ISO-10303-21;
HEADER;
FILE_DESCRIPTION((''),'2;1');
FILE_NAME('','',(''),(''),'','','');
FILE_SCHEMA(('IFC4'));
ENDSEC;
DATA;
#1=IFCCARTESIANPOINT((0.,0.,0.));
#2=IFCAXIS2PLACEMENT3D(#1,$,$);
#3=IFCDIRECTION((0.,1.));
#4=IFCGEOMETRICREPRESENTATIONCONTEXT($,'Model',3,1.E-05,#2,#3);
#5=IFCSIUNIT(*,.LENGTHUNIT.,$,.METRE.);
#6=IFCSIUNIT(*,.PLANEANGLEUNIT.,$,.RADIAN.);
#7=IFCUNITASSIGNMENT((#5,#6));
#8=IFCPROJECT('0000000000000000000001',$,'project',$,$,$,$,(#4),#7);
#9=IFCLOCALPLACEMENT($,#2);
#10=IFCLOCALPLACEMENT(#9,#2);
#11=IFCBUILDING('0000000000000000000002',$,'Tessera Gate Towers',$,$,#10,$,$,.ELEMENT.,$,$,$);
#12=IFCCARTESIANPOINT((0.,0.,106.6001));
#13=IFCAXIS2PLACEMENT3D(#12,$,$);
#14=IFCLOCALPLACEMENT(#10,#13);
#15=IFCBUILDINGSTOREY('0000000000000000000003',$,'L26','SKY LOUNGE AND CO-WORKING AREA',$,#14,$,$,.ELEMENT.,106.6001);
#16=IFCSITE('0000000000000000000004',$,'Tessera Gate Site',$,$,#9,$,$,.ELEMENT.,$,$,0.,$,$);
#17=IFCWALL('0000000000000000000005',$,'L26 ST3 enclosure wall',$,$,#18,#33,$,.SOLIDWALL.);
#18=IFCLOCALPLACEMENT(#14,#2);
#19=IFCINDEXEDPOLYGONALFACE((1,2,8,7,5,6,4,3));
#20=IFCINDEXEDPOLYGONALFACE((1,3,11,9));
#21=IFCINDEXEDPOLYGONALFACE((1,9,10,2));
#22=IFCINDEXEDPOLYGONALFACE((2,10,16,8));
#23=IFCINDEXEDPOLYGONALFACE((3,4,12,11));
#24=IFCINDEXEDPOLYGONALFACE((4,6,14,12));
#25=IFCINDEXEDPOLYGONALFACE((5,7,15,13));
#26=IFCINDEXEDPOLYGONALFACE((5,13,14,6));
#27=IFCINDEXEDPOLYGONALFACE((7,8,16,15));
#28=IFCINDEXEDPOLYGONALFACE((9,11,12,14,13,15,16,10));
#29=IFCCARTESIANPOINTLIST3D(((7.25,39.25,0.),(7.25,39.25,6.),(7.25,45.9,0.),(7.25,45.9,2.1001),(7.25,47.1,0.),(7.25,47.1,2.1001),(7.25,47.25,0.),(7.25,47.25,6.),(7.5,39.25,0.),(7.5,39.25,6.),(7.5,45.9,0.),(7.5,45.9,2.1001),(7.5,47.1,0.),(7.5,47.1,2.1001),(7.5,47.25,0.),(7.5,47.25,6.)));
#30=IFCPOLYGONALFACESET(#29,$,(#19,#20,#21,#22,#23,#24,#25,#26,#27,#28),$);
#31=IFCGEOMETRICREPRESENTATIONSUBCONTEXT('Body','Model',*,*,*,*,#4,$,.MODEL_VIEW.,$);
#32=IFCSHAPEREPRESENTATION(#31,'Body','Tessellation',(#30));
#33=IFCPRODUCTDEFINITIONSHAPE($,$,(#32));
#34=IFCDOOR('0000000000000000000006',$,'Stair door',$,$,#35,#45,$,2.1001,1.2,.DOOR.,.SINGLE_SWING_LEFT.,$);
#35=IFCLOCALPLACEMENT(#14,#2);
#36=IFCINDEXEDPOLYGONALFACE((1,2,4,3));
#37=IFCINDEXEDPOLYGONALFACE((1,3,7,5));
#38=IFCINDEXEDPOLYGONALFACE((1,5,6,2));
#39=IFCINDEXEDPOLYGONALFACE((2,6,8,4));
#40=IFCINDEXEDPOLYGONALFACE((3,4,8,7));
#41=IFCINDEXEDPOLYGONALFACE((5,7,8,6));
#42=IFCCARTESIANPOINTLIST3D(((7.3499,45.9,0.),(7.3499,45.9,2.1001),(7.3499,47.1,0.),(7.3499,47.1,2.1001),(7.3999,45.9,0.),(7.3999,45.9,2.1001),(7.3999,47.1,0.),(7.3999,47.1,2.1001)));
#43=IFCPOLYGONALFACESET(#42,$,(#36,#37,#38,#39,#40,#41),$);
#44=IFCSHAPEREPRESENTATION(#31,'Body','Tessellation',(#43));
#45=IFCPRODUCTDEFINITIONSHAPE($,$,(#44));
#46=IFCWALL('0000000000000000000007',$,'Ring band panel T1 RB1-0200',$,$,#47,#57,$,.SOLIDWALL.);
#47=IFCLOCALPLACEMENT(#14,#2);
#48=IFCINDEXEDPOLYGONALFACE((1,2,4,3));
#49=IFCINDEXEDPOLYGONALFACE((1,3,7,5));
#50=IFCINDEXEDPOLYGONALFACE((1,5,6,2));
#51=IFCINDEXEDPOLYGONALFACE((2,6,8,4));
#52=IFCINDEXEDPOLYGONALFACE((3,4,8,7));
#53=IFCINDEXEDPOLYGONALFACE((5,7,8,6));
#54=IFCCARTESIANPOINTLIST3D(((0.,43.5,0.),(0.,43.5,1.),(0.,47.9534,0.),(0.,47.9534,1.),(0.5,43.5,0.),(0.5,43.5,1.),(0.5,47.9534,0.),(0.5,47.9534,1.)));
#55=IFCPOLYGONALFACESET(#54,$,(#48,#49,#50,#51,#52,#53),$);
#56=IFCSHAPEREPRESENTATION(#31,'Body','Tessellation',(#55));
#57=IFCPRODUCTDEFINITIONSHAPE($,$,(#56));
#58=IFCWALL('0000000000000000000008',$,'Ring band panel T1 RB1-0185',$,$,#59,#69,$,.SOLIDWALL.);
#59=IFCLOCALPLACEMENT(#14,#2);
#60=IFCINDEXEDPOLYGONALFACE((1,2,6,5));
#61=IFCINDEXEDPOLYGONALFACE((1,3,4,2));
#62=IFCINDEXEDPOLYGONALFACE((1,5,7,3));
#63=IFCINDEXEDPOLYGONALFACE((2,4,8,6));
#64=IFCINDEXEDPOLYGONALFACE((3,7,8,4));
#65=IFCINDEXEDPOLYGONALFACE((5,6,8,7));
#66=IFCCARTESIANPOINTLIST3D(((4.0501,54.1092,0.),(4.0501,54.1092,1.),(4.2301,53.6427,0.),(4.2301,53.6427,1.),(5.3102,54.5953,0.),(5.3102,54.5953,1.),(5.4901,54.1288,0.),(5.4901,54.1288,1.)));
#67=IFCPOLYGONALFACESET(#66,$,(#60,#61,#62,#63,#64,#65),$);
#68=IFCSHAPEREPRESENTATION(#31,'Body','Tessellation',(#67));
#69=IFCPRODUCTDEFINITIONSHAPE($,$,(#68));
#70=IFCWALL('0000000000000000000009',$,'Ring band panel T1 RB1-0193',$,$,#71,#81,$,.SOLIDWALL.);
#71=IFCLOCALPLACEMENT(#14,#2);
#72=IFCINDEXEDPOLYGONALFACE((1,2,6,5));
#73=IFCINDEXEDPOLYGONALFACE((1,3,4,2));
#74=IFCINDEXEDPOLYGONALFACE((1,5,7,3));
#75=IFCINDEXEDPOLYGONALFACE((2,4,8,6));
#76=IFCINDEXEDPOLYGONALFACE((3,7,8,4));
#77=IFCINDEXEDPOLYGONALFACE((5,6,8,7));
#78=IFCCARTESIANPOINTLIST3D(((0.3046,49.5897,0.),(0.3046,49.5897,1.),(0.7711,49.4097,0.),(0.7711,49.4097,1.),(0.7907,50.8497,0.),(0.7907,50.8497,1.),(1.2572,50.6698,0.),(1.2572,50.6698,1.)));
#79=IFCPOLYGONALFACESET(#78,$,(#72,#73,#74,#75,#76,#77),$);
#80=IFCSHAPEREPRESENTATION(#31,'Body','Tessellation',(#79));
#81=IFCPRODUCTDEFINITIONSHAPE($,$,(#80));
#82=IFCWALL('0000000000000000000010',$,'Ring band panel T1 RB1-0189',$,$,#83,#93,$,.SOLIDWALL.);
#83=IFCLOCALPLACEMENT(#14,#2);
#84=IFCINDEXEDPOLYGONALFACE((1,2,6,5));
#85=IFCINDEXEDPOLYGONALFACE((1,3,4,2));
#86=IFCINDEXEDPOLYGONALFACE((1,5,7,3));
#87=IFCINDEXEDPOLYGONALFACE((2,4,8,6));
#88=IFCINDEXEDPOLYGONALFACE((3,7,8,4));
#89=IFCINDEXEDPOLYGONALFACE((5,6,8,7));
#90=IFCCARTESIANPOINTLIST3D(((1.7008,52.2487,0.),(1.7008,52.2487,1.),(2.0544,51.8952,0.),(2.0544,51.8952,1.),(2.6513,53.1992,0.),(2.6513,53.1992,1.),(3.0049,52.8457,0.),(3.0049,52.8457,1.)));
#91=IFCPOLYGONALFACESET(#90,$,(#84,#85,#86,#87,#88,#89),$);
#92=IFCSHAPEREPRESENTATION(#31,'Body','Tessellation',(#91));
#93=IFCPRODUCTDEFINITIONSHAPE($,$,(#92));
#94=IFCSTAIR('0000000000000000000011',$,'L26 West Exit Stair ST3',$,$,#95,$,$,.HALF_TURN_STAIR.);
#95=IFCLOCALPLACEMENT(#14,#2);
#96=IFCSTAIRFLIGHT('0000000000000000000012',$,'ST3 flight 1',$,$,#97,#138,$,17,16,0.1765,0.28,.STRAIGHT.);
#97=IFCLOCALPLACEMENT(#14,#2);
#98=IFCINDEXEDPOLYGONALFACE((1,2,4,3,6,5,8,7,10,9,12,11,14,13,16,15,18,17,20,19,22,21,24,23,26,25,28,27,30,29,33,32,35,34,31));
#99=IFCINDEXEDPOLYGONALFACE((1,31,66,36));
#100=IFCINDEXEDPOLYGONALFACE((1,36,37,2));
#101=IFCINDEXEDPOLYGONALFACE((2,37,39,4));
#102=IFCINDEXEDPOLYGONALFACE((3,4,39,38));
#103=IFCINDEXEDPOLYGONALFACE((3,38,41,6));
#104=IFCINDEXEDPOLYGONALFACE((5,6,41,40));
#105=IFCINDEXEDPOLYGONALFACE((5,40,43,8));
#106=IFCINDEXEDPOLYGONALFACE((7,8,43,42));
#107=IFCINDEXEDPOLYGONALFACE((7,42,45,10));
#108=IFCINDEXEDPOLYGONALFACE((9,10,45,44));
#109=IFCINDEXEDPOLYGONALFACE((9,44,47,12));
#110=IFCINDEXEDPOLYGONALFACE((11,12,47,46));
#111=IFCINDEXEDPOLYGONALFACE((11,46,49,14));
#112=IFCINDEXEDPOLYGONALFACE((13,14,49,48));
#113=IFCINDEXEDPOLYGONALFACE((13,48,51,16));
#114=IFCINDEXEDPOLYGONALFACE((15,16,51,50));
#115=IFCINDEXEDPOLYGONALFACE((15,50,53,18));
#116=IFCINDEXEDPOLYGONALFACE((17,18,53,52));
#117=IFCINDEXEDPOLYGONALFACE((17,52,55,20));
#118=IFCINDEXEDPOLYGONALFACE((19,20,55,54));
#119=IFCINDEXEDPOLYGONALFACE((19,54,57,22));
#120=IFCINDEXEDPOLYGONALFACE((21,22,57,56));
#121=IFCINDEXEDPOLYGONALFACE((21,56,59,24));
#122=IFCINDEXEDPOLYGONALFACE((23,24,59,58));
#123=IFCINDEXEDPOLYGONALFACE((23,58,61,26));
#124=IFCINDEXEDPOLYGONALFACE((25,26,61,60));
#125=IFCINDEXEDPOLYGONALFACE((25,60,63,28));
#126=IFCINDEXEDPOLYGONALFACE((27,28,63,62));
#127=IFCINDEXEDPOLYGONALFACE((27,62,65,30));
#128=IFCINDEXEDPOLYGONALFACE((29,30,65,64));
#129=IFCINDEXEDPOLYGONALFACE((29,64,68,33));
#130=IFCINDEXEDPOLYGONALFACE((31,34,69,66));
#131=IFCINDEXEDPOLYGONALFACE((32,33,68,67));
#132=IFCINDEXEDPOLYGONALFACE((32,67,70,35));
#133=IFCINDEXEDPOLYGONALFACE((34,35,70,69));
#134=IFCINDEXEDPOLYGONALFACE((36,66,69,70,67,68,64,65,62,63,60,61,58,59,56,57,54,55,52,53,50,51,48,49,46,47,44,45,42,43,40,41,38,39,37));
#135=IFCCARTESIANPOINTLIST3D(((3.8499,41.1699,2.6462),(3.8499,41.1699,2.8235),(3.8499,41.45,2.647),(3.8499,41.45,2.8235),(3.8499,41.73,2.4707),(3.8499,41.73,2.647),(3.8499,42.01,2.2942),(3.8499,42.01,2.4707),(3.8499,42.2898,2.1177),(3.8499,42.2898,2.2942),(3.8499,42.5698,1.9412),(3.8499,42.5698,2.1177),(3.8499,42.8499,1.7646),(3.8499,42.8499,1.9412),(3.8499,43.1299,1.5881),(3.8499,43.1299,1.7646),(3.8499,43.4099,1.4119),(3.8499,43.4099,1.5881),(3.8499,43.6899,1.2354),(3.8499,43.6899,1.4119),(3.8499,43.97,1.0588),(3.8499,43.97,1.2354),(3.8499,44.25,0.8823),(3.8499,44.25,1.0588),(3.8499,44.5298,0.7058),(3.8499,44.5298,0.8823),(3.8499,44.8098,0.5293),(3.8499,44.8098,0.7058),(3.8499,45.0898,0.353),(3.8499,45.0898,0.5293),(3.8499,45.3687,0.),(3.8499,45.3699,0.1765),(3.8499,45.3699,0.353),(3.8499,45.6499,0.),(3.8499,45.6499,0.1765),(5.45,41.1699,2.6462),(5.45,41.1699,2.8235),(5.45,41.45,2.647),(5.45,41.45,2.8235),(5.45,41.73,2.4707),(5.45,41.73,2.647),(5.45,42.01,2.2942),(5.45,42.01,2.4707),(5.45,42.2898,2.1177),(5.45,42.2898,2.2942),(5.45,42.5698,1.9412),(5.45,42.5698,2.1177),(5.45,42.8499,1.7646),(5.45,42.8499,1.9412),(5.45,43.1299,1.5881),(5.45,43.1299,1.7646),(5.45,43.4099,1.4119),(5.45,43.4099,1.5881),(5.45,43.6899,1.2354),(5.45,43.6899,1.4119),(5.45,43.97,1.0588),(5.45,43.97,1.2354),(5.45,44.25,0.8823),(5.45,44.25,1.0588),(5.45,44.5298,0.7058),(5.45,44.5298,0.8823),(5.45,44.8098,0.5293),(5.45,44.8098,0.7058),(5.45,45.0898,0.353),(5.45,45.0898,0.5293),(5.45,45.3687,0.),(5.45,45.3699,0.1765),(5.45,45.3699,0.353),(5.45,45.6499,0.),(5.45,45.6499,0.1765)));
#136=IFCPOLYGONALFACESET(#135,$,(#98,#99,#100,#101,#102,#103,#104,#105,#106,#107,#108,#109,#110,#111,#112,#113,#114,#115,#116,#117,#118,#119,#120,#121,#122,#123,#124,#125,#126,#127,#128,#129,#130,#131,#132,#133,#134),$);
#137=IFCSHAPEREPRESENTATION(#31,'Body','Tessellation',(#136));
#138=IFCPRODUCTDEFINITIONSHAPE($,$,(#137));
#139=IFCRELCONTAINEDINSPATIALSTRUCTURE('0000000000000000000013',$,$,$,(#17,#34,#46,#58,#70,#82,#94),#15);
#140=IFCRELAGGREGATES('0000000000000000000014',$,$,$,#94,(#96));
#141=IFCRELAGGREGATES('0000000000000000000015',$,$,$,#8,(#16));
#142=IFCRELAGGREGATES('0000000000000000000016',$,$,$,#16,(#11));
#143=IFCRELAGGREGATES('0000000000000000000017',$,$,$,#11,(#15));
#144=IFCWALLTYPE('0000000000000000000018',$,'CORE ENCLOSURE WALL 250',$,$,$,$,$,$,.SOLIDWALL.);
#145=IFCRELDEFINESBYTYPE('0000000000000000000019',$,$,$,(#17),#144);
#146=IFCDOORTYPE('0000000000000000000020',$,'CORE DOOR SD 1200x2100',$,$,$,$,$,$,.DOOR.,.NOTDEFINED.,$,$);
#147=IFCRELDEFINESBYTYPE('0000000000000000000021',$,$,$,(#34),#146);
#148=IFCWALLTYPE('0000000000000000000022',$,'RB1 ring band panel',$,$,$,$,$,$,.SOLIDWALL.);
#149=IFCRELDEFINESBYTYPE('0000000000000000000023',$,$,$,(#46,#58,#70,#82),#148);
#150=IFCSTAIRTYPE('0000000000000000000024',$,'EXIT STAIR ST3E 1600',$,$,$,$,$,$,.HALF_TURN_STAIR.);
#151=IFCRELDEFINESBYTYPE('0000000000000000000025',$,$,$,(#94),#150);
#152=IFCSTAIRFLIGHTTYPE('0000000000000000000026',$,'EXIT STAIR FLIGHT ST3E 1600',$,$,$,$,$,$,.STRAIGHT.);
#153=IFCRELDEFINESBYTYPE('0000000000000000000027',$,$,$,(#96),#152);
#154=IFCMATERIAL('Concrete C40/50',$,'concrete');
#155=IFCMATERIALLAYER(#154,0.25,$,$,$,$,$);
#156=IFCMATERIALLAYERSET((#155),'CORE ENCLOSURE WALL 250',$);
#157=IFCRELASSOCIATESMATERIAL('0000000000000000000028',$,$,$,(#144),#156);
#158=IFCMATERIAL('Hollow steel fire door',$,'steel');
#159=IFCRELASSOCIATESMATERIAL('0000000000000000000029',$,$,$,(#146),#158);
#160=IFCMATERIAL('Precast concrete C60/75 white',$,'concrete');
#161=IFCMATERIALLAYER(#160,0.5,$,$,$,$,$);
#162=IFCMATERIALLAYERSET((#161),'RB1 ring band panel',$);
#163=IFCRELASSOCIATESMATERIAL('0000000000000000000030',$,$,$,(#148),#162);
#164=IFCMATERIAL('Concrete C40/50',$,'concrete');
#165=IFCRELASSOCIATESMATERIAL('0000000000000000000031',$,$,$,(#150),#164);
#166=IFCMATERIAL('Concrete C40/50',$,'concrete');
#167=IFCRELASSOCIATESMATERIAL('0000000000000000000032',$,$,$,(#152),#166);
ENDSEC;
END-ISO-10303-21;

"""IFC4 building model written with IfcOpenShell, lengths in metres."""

from ifc_helpers import new_model, si_unit, direction, frame, frame_2d, origin, place, context, subcontext, project, spatial, polyline, rectangle, outline, extrude, source, transform, mapped, material, layer, layer_set, type_object, element, fill, aggregate, save


model = new_model("IFC4")

# Units and contexts
model_context = context("Model", 3, precision=1e-05, world=origin(), true_north=direction((0.0, 1.0)))
body_context = subcontext(model_context, "Body", "Model", "MODEL_VIEW")
ifc_project = project(units=[si_unit("LENGTHUNIT", "METRE"), si_unit("PLANEANGLEUNIT", "RADIAN")], contexts=[model_context])

# Site, building, storey
site_placement = place(None, origin())
site = spatial("IfcSite", under=ifc_project, at=site_placement, Name="Tessera Gate Site", CompositionType="ELEMENT", RefElevation=0.0)
building_placement = place(site_placement, origin())
building = spatial("IfcBuilding", under=site, at=building_placement, Name="Tessera Gate Towers", CompositionType="ELEMENT")
storey_placement = place(building_placement, frame((0.0, 0.0, 106.6001)))
storey = spatial("IfcBuildingStorey", under=building, at=storey_placement, Name="L26", Description="SKY LOUNGE AND CO-WORKING AREA", CompositionType="ELEMENT", Elevation=106.6001)

# Shared definitions
ifc_material_1 = material(Name="Concrete C40/50", Category="concrete")
ifc_layer_1 = layer(ifc_material_1, 0.25)
ifc_layer_set_1 = layer_set([ifc_layer_1], Name="CORE ENCLOSURE WALL 250")
wall_type_1 = type_object("IfcWallType", Name="CORE ENCLOSURE WALL 250", PredefinedType="SOLIDWALL", material=ifc_layer_set_1)

# Wall, opening, door
wall_1_placement = place(storey_placement, frame((7.375, 47.25, 0.0), z_axis=(0.0, 0.0, 1.0), x_axis=(0.0, -1.0, 0.0)))
wall_1 = element("IfcWall", 1, at=wall_1_placement, inside=storey, type_object=wall_type_1, Name="L26 ST3 enclosure wall", PredefinedType="SOLIDWALL", context=body_context, shape_type="SweptSolid", body=[
    extrude(rectangle(XDim=8.0, YDim=0.25, at=frame_2d((4.0, 0.0))), origin(), (0.0, 0.0, 1.0), 6.0),
])
shared_shape_1 = source(origin(), body_context, "Body", "SweptSolid", [
    extrude(rectangle(XDim=1.2, YDim=2.1001, at=frame_2d((0.6001, 1.05))), frame((0.0, 0.135, 0.0), z_axis=(0.0, -1.0, 0.0), x_axis=(1.0, 0.0, 0.0)), (0.0, 0.0, 1.0), 0.27),
])
opening_placement = place(wall_1_placement, frame((0.1499, 0.0, 0.0)))
opening = element("IfcOpeningElement", 2, at=opening_placement, cuts=wall_1, PredefinedType="OPENING", context=body_context, shape_type="MappedRepresentation", body=[
    mapped(shared_shape_1, transform((0.0, 0.0, 0.0), scale=1.0)),
])
ifc_material_2 = material(Name="Hollow steel fire door", Category="steel")
door_type = type_object("IfcDoorType", Name="CORE DOOR SD 1200x2100", OperationType="NOTDEFINED", PredefinedType="DOOR", material=ifc_material_2)
shared_shape_2 = source(origin(), body_context, "Body", "SweptSolid", [
    extrude(rectangle(XDim=1.2, YDim=2.1001, at=frame_2d((0.6001, 1.05))), frame((0.0, 0.0249, 0.0), z_axis=(0.0, -1.0, 0.0), x_axis=(1.0, 0.0, 0.0)), (0.0, 0.0, 1.0), 0.05),
])
door_placement = place(opening_placement, origin())
door = element("IfcDoor", 3, at=door_placement, inside=storey, type_object=door_type, Name="Stair door", OperationType="SINGLE_SWING_LEFT", OverallHeight=2.1001, OverallWidth=1.2, PredefinedType="DOOR", context=body_context, shape_type="MappedRepresentation", body=[
    mapped(shared_shape_2, transform((0.0, 0.0, 0.0), scale=1.0)),
])
fill(opening, door)

# Walls
ifc_material_3 = material(Name="Precast concrete C60/75 white", Category="concrete")
ifc_layer_2 = layer(ifc_material_3, 0.5)
ifc_layer_set_2 = layer_set([ifc_layer_2], Name="RB1 ring band panel")
wall_type_2 = type_object("IfcWallType", Name="RB1 ring band panel", PredefinedType="SOLIDWALL", material=ifc_layer_set_2)
shared_shape_3 = source(origin(), body_context, "Body", "SweptSolid", [
    extrude(outline(polyline([(0.0, 0.0), (4.4534, 0.0), (4.4534, 1.0), (0.0, 1.0), (0.0, 0.0)])), frame((0.0, 0.25, 0.0), z_axis=(0.0, -1.0, 0.0), x_axis=(1.0, 0.0, 0.0)), (0.0, 0.0, 1.0), 0.5),
])
wall_2_placement = place(storey_placement, frame((0.25, 47.9534, 0.0), z_axis=(0.0, 0.0, 1.0), x_axis=(0.0, -1.0, 0.0)))
element("IfcWall", 4, at=wall_2_placement, inside=storey, type_object=wall_type_2, Name="Ring band panel T1 RB1-0200", PredefinedType="SOLIDWALL", context=body_context, shape_type="MappedRepresentation", body=[
    mapped(shared_shape_3, transform((0.0, 0.0, 0.0), scale=1.0)),
])
shared_shape_4 = source(origin(), body_context, "Body", "SweptSolid", [
    extrude(outline(polyline([(0.0, 0.0), (1.3506, 0.0), (1.3506, 1.0), (0.0, 1.0), (0.0, 0.0)])), frame((0.0, 0.25, 0.0), z_axis=(0.0, -1.0, 0.0), x_axis=(1.0, 0.0, 0.0)), (0.0, 0.0, 1.0), 0.5),
])
for number, where, z_axis, x_axis, name in (
    (5, (5.4001, 54.3621, 0.0), (0.0, 0.0, 1.0), (-0.932982, -0.359924, 0.0), "Ring band panel T1 RB1-0185"),
    (6, (1.0239, 50.7598, 0.0), (0.0, 0.0, 1.0), (-0.359924, -0.932982, 0.0), "Ring band panel T1 RB1-0193"),
):
    element("IfcWall", number, at=place(storey_placement, frame(where, z_axis=z_axis, x_axis=x_axis)), inside=storey, type_object=wall_type_2, Name=name, PredefinedType="SOLIDWALL", context=body_context, shape_type="MappedRepresentation", body=[
        mapped(shared_shape_4, transform((0.0, 0.0, 0.0), scale=1.0)),
    ])
shared_shape_5 = source(origin(), body_context, "Body", "SweptSolid", [
    extrude(outline(polyline([(0.0, 0.0), (1.3442, 0.0), (1.3442, 1.0), (0.0, 1.0), (0.0, 0.0)])), frame((0.0, 0.25, 0.0), z_axis=(0.0, -1.0, 0.0), x_axis=(1.0, 0.0, 0.0)), (0.0, 0.0, 1.0), 0.5),
])
wall_3_placement = place(storey_placement, frame((2.8281, 53.0225, 0.0), z_axis=(0.0, 0.0, 1.0), x_axis=(-0.707107, -0.707107, 0.0)))
element("IfcWall", 7, at=wall_3_placement, inside=storey, type_object=wall_type_2, Name="Ring band panel T1 RB1-0189", PredefinedType="SOLIDWALL", context=body_context, shape_type="MappedRepresentation", body=[
    mapped(shared_shape_5, transform((0.0, 0.0, 0.0), scale=1.0)),
])

# Stair, stair flight
ifc_material_4 = material(Name="Concrete C40/50", Category="concrete")
stair_type = type_object("IfcStairType", Name="EXIT STAIR ST3E 1600", PredefinedType="HALF_TURN_STAIR", material=ifc_material_4)
stair_placement = place(storey_placement, origin())
stair = element("IfcStair", 8, at=stair_placement, inside=storey, type_object=stair_type, Name="L26 West Exit Stair ST3", PredefinedType="HALF_TURN_STAIR")
ifc_material_5 = material(Name="Concrete C40/50", Category="concrete")
stair_flight_type = type_object("IfcStairFlightType", Name="EXIT STAIR FLIGHT ST3E 1600", PredefinedType="STRAIGHT", material=ifc_material_5)
stair_flight_placement = place(storey_placement, frame((4.6499, 45.6499, 0.0), z_axis=(0.0, 0.0, 1.0), x_axis=(0.0, -1.0, 0.0)))
stair_flight = element("IfcStairFlight", 9, at=stair_flight_placement, type_object=stair_flight_type, Name="ST3 flight 1", NumberOfRisers=17, NumberOfTreads=16, PredefinedType="STRAIGHT", RiserHeight=0.1765, TreadLength=0.28, context=body_context, shape_type="SweptSolid", body=[
    extrude(outline(polyline([(0.0, 0.0), (0.0, 0.1765), (0.28, 0.1765), (0.28, 0.353), (0.5601, 0.353), (0.5601, 0.5293), (0.8401, 0.5293), (0.8401, 0.7058), (1.1201, 0.7058), (1.1201, 0.8823), (1.3999, 0.8823), (1.3999, 1.0588), (1.6799, 1.0588), (1.6799, 1.2354), (1.96, 1.2354), (1.96, 1.4119), (2.24, 1.4119), (2.24, 1.5881), (2.52, 1.5881), (2.52, 1.7646), (2.8, 1.7646), (2.8, 1.9412), (3.0801, 1.9412), (3.0801, 2.1177), (3.3601, 2.1177), (3.3601, 2.2942), (3.6399, 2.2942), (3.6399, 2.4707), (3.9199, 2.4707), (3.9199, 2.647), (4.2, 2.647), (4.2, 2.8235), (4.48, 2.8235), (4.48, 3.0), (4.48, 2.6462), (0.2812, 0.0), (0.0, 0.0)])), frame((0.0, 0.8, 0.0), z_axis=(0.0, -1.0, 0.0), x_axis=(1.0, 0.0, 0.0)), (0.0, 0.0, 1.0), 1.6001),
])
aggregate(stair, [stair_flight])

save(model, "model.ifc")
